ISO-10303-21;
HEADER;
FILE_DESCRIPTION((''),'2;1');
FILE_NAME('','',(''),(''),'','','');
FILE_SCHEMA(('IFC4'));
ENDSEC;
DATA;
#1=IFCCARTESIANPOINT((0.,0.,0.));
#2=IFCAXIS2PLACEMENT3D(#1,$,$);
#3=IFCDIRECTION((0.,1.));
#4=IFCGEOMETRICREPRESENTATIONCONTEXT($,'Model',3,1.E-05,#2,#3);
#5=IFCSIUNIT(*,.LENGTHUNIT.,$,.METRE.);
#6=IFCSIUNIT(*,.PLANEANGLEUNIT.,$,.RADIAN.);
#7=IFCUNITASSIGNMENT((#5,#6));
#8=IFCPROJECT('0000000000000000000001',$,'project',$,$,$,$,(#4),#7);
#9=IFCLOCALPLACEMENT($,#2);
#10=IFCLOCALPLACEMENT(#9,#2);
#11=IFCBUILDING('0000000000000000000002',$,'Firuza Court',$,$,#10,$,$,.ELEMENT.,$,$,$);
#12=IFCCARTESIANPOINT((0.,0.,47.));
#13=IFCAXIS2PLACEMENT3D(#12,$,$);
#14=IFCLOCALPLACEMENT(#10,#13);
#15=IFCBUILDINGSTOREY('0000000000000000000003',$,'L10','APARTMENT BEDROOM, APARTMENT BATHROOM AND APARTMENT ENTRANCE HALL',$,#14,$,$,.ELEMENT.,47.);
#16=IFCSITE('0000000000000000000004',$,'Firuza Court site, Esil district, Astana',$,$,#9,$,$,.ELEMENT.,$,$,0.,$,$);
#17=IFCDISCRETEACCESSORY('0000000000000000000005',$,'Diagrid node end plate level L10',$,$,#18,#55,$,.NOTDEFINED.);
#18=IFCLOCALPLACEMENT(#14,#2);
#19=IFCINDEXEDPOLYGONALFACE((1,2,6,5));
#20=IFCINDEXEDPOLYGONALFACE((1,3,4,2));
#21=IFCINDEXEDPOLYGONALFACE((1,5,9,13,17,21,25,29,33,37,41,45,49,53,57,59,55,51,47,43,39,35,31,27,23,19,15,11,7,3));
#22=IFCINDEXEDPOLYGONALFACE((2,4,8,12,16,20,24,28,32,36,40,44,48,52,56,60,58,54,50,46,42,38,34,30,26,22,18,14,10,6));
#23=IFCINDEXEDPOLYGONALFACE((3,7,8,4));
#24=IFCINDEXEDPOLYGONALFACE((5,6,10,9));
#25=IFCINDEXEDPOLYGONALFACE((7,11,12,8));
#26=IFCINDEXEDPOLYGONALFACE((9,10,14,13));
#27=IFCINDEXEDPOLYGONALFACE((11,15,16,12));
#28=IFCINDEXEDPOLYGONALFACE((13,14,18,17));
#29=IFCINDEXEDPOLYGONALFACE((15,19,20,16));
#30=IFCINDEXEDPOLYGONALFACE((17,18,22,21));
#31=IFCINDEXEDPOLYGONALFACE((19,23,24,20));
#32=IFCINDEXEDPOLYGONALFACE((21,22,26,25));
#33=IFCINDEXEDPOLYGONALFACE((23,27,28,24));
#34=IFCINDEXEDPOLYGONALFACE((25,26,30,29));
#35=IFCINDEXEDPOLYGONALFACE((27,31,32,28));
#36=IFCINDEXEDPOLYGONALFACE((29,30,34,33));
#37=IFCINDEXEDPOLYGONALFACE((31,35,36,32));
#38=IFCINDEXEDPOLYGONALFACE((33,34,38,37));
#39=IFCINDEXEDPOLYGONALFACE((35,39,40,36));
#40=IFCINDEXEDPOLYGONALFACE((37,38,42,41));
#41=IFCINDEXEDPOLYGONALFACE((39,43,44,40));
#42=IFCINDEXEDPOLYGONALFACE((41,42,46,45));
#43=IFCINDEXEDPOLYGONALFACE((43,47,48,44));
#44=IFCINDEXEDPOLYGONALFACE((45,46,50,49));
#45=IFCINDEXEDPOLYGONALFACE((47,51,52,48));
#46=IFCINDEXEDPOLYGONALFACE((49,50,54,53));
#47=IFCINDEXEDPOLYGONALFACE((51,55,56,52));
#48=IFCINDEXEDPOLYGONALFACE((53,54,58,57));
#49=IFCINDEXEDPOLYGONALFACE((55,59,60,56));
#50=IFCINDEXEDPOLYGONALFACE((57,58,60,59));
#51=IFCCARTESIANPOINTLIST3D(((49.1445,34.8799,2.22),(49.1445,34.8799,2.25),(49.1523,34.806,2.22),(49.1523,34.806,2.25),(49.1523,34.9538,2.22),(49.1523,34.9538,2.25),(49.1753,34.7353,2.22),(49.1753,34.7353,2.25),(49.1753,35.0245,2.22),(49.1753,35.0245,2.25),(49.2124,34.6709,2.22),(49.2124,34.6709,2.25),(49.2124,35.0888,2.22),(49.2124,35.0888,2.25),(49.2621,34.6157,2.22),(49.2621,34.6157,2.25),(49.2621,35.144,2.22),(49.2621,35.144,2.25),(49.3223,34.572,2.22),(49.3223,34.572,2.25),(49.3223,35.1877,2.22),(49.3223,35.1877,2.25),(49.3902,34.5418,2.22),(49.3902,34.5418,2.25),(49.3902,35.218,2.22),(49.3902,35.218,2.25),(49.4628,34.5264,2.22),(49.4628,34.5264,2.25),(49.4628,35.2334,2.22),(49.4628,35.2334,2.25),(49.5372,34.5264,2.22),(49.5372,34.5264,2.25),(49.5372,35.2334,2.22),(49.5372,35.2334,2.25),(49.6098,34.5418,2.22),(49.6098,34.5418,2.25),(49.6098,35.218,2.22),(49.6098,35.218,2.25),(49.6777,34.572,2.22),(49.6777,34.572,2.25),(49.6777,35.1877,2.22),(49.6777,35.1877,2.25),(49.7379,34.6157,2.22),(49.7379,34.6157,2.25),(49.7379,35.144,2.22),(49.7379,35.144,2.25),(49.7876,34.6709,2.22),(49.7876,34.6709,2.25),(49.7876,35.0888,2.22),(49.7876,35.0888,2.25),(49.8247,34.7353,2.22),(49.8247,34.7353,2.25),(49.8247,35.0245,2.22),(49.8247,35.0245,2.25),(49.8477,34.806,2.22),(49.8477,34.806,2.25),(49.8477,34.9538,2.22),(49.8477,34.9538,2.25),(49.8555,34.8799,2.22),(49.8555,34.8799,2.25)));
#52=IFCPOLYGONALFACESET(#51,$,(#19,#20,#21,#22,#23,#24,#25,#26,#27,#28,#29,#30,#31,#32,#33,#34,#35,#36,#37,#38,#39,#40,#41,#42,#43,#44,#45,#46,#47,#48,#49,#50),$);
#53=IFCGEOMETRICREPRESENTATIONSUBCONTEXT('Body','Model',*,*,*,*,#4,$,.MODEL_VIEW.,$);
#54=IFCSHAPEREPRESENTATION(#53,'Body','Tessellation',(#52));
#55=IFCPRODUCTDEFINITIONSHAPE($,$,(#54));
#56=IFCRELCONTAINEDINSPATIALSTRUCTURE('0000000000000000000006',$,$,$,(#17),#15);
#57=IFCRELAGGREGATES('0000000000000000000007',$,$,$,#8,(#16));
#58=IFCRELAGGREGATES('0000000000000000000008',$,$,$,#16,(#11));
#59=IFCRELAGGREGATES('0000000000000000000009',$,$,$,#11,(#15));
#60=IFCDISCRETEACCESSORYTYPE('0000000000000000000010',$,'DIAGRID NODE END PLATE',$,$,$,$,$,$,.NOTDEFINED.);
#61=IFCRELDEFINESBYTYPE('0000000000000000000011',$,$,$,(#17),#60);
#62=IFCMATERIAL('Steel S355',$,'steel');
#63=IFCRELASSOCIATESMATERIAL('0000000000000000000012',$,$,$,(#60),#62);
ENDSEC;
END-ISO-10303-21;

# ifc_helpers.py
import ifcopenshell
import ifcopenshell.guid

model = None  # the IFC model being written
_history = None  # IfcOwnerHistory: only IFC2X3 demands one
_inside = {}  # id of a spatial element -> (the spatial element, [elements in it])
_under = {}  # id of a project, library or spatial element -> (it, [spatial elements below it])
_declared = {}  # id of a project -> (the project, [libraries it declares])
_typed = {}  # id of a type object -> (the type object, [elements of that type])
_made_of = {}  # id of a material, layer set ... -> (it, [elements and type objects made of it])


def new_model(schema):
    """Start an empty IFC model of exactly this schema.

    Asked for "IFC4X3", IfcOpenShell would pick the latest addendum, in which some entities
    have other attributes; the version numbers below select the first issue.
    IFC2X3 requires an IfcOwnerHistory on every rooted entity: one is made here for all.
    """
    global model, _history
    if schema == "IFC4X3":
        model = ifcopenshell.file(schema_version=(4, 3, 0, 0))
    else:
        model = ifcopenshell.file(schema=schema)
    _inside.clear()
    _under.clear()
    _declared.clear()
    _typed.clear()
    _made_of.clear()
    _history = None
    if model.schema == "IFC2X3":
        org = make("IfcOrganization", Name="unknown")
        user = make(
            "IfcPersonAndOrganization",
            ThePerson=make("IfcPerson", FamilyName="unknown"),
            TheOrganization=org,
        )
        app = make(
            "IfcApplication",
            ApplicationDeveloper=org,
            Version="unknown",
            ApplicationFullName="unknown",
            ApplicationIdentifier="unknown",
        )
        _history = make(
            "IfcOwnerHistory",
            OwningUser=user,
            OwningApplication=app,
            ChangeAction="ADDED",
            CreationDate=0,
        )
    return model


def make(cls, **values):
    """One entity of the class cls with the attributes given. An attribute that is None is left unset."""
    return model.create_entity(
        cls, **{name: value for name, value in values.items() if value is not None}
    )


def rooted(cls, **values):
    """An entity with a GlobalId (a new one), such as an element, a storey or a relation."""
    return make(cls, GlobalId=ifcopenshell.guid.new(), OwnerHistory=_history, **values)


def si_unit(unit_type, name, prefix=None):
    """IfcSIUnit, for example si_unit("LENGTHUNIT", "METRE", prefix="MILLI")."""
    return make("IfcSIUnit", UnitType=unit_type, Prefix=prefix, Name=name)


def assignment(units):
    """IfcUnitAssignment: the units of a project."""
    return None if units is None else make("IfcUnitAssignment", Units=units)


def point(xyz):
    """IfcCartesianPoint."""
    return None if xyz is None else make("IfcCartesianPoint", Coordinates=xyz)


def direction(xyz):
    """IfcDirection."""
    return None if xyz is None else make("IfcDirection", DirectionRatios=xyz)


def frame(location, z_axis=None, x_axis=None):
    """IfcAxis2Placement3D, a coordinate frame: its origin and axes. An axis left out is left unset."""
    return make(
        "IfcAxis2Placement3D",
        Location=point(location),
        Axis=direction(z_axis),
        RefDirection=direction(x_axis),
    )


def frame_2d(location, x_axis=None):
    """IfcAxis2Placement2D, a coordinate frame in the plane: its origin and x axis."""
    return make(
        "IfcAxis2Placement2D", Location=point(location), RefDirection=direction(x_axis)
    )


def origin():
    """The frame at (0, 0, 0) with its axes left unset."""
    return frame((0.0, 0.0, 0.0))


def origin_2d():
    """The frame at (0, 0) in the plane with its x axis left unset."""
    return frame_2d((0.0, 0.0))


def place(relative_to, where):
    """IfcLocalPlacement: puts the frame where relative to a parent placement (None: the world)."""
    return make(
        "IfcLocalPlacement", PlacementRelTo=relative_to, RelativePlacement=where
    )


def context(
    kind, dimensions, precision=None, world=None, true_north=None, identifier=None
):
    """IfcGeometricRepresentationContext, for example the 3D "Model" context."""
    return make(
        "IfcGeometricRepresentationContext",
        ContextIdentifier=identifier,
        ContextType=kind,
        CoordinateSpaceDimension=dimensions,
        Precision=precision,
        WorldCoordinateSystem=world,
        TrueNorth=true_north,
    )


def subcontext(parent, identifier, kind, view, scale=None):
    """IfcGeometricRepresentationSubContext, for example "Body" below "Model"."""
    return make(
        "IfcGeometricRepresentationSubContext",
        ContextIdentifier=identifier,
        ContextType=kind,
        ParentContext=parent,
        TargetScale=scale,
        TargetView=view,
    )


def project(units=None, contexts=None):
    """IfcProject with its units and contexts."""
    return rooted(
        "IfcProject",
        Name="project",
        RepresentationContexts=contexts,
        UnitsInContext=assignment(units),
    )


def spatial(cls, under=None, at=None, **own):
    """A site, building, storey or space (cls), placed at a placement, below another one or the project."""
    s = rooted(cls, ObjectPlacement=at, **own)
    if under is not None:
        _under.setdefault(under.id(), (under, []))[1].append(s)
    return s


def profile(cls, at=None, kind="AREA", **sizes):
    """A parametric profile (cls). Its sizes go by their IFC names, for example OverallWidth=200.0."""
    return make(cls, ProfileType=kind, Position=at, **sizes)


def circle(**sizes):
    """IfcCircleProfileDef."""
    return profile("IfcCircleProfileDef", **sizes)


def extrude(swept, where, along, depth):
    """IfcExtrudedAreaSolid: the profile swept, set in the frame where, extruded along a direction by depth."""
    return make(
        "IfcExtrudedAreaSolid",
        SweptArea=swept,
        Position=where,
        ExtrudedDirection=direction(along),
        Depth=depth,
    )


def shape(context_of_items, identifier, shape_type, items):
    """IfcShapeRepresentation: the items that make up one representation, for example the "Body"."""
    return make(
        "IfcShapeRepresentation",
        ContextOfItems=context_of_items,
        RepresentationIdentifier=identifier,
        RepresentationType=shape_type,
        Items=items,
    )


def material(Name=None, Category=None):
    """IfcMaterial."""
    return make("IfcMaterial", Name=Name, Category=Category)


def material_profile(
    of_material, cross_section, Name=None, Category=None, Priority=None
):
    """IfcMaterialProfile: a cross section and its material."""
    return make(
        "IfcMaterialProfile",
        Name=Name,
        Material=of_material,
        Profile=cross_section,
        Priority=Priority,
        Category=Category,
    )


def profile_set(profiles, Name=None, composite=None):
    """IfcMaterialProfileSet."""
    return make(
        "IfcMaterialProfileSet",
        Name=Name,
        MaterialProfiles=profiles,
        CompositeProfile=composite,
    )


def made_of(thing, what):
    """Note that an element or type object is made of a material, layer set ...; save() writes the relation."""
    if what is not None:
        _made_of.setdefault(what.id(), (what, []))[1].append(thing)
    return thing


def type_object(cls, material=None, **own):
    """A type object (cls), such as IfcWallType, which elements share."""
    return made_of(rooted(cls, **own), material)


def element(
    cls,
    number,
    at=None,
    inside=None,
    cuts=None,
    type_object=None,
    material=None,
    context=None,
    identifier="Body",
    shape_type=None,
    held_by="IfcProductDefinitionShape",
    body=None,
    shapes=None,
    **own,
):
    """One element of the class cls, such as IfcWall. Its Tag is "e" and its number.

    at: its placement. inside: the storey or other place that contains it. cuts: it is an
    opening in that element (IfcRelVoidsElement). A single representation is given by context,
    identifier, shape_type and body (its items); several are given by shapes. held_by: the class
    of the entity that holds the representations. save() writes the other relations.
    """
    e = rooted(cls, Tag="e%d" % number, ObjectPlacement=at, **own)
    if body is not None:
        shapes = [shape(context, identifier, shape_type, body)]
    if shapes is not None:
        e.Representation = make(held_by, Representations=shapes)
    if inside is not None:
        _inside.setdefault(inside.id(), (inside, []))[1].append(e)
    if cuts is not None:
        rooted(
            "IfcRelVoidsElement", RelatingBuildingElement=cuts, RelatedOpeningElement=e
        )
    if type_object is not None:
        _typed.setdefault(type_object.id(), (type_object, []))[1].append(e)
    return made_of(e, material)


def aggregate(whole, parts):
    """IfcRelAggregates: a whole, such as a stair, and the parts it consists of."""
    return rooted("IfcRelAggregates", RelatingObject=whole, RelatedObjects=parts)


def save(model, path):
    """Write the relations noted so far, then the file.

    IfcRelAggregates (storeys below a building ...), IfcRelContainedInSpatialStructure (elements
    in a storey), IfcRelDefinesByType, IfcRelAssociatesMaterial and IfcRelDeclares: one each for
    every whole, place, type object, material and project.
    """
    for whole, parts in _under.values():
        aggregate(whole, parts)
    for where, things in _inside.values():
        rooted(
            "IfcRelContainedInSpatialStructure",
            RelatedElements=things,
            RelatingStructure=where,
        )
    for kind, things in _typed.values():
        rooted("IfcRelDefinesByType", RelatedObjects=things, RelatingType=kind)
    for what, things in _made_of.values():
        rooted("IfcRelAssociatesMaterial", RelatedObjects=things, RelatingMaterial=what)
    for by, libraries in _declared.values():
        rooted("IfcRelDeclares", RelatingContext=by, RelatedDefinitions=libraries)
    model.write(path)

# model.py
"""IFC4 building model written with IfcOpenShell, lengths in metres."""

from ifc_helpers import new_model, si_unit, direction, frame, origin, origin_2d, place, context, subcontext, project, spatial, circle, extrude, material, material_profile, profile_set, type_object, element, save


model = new_model("IFC4")

# Units and contexts
model_context = context("Model", 3, precision=1e-05, world=origin(), true_north=direction((0.0, 1.0)))
body_context = subcontext(model_context, "Body", "Model", "MODEL_VIEW")
ifc_project = project(units=[si_unit("LENGTHUNIT", "METRE"), si_unit("PLANEANGLEUNIT", "RADIAN")], contexts=[model_context])

# Site, building, storey
site_placement = place(None, origin())
site = spatial("IfcSite", under=ifc_project, at=site_placement, Name="Firuza Court site, Esil district, Astana", CompositionType="ELEMENT", RefElevation=0.0)
building_placement = place(site_placement, origin())
building = spatial("IfcBuilding", under=site, at=building_placement, Name="Firuza Court", CompositionType="ELEMENT")
storey_placement = place(building_placement, frame((0.0, 0.0, 47.0)))
storey = spatial("IfcBuildingStorey", under=building, at=storey_placement, Name="L10", Description="APARTMENT BEDROOM, APARTMENT BATHROOM AND APARTMENT ENTRANCE HALL", CompositionType="ELEMENT", Elevation=47.0)

# Discrete accessory
ifc_material_1 = material(Name="Steel S355", Category="steel")
ifc_material_profile_1 = material_profile(ifc_material_1, circle(Radius=0.3555, at=origin_2d()), Name="PL D711")
ifc_profile_set_1 = profile_set([ifc_material_profile_1], Name="Steel S355")
discrete_accessory_type = type_object("IfcDiscreteAccessoryType", Name="DIAGRID NODE END PLATE", PredefinedType="NOTDEFINED", material=ifc_profile_set_1)
discrete_accessory_1_placement = place(storey_placement, frame((49.5, 34.8799, 2.22), z_axis=(0.0, 0.0, 1.0), x_axis=(1.0, 0.0, 0.0)))
element("IfcDiscreteAccessory", 1, at=discrete_accessory_1_placement, inside=storey, type_object=discrete_accessory_type, Name="Diagrid node end plate level L10", PredefinedType="NOTDEFINED", context=body_context, shape_type="SweptSolid", body=[
    extrude(circle(Radius=0.3555, at=origin_2d()), origin(), (0.0, 0.0, 1.0), 0.03),
])

save(model, "model.ifc")
